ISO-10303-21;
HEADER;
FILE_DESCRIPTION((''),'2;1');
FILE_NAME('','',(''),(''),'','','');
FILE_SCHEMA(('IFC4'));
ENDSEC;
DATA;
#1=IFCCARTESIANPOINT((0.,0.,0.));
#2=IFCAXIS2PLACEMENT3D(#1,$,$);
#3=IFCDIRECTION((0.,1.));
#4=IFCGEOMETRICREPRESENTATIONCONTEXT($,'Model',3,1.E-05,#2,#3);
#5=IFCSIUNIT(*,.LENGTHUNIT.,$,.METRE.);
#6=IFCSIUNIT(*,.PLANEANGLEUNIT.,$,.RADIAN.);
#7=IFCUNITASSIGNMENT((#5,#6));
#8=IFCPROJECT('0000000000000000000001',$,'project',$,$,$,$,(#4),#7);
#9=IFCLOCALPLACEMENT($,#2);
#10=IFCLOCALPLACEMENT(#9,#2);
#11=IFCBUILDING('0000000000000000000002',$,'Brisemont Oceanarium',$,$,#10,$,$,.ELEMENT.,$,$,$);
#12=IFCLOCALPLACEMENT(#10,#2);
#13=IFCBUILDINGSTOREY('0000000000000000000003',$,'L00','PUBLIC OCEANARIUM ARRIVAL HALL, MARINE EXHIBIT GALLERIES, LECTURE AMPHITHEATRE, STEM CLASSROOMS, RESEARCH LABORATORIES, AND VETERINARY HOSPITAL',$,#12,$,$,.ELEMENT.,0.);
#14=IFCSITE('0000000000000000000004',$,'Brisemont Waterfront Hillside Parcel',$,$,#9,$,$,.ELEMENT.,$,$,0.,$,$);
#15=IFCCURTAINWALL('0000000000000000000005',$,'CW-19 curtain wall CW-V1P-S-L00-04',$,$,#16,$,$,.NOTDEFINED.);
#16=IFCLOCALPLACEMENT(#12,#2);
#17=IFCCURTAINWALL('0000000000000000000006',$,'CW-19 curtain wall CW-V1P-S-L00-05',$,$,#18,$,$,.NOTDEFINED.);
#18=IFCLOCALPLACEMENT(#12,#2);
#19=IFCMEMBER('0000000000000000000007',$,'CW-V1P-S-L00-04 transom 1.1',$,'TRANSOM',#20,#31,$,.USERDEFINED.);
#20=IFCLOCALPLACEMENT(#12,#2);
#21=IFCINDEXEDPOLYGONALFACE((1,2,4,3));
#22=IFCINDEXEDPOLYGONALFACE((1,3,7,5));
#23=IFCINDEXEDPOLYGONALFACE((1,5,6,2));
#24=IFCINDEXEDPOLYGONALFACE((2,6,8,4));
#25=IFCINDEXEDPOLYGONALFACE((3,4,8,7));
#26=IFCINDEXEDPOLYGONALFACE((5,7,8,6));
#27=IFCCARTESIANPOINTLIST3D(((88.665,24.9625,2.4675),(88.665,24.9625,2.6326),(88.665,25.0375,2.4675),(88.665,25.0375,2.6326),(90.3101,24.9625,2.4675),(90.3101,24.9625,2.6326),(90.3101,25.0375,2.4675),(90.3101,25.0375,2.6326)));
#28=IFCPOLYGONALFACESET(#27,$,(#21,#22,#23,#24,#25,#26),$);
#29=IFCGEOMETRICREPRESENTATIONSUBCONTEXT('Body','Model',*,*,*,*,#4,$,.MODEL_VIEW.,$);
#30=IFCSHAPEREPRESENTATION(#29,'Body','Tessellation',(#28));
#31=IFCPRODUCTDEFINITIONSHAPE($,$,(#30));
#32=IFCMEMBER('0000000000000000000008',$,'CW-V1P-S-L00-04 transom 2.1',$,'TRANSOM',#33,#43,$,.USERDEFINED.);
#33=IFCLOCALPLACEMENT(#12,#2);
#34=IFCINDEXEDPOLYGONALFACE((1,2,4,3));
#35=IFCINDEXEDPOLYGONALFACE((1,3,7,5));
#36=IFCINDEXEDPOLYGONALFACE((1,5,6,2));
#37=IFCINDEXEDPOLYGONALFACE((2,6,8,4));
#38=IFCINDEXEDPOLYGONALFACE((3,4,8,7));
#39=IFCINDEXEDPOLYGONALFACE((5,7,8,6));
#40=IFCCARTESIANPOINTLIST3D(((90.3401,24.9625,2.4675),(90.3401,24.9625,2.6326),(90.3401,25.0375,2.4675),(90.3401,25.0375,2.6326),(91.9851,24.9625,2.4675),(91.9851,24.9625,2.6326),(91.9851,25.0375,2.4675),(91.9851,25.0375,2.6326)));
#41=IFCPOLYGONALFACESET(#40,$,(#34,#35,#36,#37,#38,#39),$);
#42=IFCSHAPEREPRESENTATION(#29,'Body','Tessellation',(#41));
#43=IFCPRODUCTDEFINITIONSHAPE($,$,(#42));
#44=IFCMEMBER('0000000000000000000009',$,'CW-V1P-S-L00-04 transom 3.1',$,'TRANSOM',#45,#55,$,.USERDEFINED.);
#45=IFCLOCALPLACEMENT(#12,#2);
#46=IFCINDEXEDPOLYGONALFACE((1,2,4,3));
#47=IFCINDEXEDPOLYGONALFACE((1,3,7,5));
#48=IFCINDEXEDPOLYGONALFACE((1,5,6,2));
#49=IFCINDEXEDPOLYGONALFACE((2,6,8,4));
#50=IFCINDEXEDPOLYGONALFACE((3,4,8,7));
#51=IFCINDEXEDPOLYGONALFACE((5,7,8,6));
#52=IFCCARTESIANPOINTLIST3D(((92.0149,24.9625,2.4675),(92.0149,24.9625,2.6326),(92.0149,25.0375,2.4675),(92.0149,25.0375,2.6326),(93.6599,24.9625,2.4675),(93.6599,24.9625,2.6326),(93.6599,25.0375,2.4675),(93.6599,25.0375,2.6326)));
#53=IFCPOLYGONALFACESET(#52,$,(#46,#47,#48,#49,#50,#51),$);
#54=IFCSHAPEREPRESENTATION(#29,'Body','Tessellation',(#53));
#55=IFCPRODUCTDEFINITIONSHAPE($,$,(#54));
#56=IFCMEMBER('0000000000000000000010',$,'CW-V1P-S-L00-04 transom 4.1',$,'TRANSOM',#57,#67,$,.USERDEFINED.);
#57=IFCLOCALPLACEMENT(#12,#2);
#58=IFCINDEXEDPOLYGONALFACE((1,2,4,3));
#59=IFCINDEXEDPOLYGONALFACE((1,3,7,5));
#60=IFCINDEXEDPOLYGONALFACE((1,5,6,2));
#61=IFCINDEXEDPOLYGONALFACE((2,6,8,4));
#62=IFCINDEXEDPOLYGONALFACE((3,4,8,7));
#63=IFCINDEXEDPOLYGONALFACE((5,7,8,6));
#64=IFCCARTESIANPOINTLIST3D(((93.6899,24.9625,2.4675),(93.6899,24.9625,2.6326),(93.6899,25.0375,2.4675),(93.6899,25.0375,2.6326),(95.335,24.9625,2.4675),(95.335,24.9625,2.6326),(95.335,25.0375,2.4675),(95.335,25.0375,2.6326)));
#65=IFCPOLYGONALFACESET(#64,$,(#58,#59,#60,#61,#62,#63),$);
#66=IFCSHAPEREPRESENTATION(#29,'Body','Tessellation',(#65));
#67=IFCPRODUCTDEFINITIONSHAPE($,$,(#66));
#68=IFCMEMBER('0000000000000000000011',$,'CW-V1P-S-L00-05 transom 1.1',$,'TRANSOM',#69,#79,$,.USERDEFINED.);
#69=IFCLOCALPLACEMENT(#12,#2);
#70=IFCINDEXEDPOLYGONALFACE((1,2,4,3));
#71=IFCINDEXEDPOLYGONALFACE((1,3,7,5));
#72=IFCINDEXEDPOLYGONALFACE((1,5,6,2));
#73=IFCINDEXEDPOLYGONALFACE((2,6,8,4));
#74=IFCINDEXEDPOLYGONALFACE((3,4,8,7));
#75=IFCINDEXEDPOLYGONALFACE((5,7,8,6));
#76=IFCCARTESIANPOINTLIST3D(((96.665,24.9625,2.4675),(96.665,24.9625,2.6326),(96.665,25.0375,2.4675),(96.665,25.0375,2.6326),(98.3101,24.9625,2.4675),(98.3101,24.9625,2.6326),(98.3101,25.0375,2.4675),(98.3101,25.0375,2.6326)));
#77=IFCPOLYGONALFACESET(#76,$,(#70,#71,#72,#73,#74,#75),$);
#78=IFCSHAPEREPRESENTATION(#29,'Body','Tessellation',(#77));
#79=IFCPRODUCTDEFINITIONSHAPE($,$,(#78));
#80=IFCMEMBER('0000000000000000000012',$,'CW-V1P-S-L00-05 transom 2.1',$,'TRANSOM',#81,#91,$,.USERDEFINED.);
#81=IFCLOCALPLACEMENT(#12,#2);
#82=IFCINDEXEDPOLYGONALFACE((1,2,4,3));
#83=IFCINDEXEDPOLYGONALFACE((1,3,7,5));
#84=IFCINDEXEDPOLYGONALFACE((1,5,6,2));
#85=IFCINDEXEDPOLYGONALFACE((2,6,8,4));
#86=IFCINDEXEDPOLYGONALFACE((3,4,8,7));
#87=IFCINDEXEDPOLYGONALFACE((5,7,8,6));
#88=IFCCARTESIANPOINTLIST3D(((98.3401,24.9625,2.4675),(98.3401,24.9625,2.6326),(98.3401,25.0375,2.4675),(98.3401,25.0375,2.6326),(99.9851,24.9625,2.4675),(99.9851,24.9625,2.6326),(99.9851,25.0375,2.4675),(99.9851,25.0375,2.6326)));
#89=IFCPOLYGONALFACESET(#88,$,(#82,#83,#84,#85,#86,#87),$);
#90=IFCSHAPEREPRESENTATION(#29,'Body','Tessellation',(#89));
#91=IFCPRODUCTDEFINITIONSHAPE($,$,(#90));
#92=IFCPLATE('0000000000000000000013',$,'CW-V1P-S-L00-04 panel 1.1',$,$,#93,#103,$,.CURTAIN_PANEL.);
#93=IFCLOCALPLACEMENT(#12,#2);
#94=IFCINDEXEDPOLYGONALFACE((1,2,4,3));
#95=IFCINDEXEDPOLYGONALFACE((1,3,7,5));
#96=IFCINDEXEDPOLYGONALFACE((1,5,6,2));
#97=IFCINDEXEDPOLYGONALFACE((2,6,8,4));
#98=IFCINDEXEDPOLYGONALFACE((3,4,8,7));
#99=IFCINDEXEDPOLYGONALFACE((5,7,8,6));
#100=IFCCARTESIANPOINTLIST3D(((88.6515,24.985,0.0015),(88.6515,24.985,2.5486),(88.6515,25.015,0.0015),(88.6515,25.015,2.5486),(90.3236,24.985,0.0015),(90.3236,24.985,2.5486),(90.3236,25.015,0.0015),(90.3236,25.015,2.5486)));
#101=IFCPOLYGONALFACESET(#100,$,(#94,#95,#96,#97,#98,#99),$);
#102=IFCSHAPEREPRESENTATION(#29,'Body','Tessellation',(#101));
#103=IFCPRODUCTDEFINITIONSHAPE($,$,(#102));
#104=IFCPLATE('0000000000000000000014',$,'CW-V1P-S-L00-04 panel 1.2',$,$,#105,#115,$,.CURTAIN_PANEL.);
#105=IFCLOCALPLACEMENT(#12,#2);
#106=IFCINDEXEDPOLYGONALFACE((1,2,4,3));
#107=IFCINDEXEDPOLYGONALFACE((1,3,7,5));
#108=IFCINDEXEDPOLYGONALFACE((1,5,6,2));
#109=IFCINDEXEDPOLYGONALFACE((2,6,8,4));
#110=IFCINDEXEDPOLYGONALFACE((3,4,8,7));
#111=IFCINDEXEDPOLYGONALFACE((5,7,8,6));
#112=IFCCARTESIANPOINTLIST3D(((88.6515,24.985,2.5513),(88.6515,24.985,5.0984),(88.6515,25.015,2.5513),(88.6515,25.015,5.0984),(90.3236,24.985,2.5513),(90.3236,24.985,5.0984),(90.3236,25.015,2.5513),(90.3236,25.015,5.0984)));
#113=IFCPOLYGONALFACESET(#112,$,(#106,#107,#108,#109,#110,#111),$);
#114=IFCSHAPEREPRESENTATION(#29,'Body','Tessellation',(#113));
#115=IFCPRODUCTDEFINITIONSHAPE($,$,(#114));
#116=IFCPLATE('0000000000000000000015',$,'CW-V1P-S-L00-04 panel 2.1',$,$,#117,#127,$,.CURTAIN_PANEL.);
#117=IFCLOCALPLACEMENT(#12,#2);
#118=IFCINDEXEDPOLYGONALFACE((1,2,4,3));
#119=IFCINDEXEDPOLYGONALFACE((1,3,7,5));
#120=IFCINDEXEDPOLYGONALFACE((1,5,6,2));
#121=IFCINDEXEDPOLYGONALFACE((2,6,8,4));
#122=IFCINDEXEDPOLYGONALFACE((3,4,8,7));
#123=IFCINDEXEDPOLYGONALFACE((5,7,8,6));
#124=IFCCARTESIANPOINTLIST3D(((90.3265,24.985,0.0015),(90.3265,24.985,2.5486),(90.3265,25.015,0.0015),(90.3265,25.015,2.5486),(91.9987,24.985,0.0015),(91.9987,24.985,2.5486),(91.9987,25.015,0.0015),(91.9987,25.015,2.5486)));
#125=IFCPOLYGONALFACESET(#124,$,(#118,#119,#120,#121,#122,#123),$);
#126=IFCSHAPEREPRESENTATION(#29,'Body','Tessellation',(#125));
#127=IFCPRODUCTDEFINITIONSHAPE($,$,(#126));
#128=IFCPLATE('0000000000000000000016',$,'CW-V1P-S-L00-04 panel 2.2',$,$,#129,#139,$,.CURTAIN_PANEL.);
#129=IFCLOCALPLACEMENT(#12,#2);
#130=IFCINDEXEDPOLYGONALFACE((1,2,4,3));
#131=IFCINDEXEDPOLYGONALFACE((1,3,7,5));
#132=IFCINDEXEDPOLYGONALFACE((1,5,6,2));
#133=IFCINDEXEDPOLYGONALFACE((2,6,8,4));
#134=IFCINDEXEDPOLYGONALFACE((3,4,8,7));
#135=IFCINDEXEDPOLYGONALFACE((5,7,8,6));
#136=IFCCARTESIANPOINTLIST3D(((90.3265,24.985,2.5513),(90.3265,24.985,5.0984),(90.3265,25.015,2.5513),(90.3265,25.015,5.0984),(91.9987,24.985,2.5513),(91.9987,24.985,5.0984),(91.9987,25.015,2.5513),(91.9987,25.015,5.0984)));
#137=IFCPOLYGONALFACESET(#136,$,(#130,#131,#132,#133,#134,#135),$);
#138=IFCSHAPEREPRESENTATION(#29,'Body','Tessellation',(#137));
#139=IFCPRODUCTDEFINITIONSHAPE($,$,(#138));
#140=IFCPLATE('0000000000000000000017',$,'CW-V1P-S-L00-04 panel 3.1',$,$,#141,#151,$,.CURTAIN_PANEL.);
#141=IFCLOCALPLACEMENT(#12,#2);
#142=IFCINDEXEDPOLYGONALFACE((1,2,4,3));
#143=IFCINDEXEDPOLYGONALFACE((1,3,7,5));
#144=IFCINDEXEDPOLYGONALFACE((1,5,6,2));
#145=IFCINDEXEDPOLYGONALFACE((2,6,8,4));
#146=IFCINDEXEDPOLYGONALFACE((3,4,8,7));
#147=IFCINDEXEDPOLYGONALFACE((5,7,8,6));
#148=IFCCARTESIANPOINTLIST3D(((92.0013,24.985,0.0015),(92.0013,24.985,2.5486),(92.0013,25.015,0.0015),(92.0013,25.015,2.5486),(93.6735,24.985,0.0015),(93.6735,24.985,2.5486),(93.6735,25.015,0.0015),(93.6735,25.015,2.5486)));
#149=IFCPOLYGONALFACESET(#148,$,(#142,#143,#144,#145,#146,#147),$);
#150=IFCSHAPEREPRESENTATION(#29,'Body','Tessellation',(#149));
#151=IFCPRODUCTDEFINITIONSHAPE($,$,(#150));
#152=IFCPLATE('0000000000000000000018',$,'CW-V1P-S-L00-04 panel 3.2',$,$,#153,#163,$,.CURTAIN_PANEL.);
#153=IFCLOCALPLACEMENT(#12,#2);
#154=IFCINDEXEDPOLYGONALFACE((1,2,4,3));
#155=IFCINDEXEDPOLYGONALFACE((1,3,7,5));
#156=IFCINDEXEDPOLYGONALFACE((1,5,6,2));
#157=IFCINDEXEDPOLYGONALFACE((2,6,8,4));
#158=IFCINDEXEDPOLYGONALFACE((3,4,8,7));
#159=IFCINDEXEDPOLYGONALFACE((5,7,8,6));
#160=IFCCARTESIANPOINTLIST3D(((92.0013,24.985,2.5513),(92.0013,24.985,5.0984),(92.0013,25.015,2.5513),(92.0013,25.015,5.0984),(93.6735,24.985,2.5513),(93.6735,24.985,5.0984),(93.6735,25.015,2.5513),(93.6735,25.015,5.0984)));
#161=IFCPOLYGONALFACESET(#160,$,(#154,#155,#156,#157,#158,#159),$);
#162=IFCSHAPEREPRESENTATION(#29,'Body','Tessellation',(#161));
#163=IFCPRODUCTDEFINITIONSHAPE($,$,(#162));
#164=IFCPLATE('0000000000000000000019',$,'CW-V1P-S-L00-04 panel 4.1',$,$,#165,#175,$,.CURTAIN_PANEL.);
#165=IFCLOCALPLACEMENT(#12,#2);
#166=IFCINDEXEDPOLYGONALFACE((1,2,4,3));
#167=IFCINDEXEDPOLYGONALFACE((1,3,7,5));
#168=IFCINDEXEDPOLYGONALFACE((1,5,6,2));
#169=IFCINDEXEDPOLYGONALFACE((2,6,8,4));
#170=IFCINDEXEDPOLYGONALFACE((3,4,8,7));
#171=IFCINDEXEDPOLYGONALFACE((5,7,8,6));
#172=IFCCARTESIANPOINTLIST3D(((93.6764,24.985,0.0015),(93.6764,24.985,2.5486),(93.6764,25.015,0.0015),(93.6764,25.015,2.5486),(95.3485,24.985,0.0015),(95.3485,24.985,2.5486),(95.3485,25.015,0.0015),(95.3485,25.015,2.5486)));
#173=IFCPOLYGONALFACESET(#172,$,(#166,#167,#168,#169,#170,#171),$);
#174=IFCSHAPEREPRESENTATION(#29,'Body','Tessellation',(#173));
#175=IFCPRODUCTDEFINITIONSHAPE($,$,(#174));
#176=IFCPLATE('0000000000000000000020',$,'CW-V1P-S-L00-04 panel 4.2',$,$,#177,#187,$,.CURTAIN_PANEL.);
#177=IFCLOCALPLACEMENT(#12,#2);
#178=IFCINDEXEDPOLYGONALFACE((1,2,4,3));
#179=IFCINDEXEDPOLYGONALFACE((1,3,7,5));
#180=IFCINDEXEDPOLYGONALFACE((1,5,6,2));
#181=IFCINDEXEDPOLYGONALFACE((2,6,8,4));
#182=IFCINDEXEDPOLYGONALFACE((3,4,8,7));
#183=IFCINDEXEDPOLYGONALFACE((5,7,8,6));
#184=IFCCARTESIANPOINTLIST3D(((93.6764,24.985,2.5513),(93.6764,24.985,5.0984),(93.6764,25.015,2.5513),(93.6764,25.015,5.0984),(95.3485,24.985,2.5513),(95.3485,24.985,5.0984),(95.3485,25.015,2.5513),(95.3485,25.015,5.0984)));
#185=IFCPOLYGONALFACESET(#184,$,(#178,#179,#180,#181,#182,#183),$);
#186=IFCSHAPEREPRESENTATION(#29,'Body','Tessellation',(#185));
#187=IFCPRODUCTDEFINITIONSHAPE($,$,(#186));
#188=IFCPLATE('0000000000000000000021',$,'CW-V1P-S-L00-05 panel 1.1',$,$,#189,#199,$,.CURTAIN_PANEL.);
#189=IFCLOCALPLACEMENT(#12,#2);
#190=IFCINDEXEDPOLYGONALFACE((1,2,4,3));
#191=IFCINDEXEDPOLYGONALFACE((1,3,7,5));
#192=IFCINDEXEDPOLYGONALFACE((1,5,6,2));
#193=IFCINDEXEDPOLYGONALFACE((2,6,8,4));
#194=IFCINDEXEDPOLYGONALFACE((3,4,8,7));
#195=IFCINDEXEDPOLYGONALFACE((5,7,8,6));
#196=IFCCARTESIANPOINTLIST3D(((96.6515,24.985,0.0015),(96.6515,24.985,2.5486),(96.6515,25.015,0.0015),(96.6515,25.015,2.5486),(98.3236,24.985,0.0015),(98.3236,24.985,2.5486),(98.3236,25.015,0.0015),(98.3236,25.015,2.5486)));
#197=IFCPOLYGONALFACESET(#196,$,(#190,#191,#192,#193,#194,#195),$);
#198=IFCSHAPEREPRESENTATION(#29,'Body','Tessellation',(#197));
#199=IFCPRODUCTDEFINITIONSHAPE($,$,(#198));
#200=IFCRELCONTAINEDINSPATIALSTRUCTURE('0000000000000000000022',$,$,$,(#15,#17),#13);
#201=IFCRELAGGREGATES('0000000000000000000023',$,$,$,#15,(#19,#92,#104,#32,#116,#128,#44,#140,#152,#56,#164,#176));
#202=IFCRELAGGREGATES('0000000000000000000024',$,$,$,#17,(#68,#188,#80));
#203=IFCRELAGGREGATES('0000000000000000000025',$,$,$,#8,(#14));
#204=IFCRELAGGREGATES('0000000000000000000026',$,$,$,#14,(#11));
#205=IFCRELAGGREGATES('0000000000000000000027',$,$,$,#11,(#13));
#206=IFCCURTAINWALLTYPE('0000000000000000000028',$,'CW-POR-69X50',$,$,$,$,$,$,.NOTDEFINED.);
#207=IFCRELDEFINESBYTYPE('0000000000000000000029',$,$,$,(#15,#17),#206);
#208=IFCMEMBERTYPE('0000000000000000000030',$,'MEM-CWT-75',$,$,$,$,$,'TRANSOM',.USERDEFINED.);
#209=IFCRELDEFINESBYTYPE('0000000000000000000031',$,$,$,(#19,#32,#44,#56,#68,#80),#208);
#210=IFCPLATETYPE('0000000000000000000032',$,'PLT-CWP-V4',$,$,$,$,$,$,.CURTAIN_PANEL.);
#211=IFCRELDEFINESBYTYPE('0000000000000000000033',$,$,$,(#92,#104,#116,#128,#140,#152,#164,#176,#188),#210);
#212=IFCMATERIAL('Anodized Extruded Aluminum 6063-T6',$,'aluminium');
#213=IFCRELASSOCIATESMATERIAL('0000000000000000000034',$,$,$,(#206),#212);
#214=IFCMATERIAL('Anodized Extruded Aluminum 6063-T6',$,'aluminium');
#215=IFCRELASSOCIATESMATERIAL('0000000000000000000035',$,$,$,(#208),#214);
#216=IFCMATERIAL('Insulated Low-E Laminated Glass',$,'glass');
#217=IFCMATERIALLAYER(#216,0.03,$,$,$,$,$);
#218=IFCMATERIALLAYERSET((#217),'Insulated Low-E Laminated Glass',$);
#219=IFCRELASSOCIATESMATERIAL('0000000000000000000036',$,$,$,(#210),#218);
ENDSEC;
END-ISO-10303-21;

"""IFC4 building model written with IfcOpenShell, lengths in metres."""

from ifc_helpers import new_model, si_unit, direction, frame, origin, origin_2d, place, context, subcontext, project, spatial, rectangle, extrude, material, layer, layer_set, material_profile, profile_set, type_object, element, aggregate, save


model = new_model("IFC4")

# Units and contexts
model_context = context("Model", 3, precision=1e-05, world=origin(), true_north=direction((0.0, 1.0)))
body_context = subcontext(model_context, "Body", "Model", "MODEL_VIEW")
ifc_project = project(units=[si_unit("LENGTHUNIT", "METRE"), si_unit("PLANEANGLEUNIT", "RADIAN")], contexts=[model_context])

# Site, building, storey
site_placement = place(None, origin())
site = spatial("IfcSite", under=ifc_project, at=site_placement, Name="Brisemont Waterfront Hillside Parcel", CompositionType="ELEMENT", RefElevation=0.0)
building_placement = place(site_placement, origin())
building = spatial("IfcBuilding", under=site, at=building_placement, Name="Brisemont Oceanarium", CompositionType="ELEMENT")
storey_placement = place(building_placement, origin())
storey = spatial("IfcBuildingStorey", under=building, at=storey_placement, Name="L00", Description="PUBLIC OCEANARIUM ARRIVAL HALL, MARINE EXHIBIT GALLERIES, LECTURE AMPHITHEATRE, STEM CLASSROOMS, RESEARCH LABORATORIES, AND VETERINARY HOSPITAL", CompositionType="ELEMENT", Elevation=0.0)

# Curtain walls
ifc_material_1 = material(Name="Anodized Extruded Aluminum 6063-T6", Category="aluminium")
curtain_wall_type = type_object("IfcCurtainWallType", Name="CW-POR-69X50", PredefinedType="NOTDEFINED", material=ifc_material_1)
curtain_wall_1_placement = place(storey_placement, origin())
curtain_wall_1 = element("IfcCurtainWall", 1, at=curtain_wall_1_placement, inside=storey, type_object=curtain_wall_type, Name="CW-19 curtain wall CW-V1P-S-L00-04", PredefinedType="NOTDEFINED")
curtain_wall_2_placement = place(storey_placement, origin())
curtain_wall_2 = element("IfcCurtainWall", 2, at=curtain_wall_2_placement, inside=storey, type_object=curtain_wall_type, Name="CW-19 curtain wall CW-V1P-S-L00-05", PredefinedType="NOTDEFINED")

# Members
ifc_material_2 = material(Name="Anodized Extruded Aluminum 6063-T6", Category="aluminium")
ifc_material_profile_1 = material_profile(ifc_material_2, rectangle(XDim=0.075, YDim=0.165, at=origin_2d()), Name="CWT-75X165")
ifc_profile_set_1 = profile_set([ifc_material_profile_1], Name="Anodized Extruded Aluminum 6063-T6")
member_type_1 = type_object("IfcMemberType", Name="MEM-CWT-75", ElementType="TRANSOM", PredefinedType="USERDEFINED", material=ifc_profile_set_1)
member_1_placement = place(storey_placement, frame((88.665, 25.0, 2.55), z_axis=(1.0, 0.0, 0.0), x_axis=(0.0, 1.0, 0.0)))
member_1 = element("IfcMember", 3, at=member_1_placement, type_object=member_type_1, Name="CW-V1P-S-L00-04 transom 1.1", ObjectType="TRANSOM", PredefinedType="USERDEFINED", context=body_context, shape_type="SweptSolid", body=[
    extrude(rectangle(XDim=0.075, YDim=0.165, at=origin_2d()), origin(), (0.0, 0.0, 1.0), 1.645),
])
member_2_placement = place(storey_placement, frame((90.3401, 25.0, 2.55), z_axis=(1.0, 0.0, 0.0), x_axis=(0.0, 1.0, 0.0)))
member_2 = element("IfcMember", 4, at=member_2_placement, type_object=member_type_1, Name="CW-V1P-S-L00-04 transom 2.1", ObjectType="TRANSOM", PredefinedType="USERDEFINED", context=body_context, shape_type="SweptSolid", body=[
    extrude(rectangle(XDim=0.075, YDim=0.165, at=origin_2d()), origin(), (0.0, 0.0, 1.0), 1.645),
])
member_3_placement = place(storey_placement, frame((92.0149, 25.0, 2.55), z_axis=(1.0, 0.0, 0.0), x_axis=(0.0, 1.0, 0.0)))
member_3 = element("IfcMember", 5, at=member_3_placement, type_object=member_type_1, Name="CW-V1P-S-L00-04 transom 3.1", ObjectType="TRANSOM", PredefinedType="USERDEFINED", context=body_context, shape_type="SweptSolid", body=[
    extrude(rectangle(XDim=0.075, YDim=0.165, at=origin_2d()), origin(), (0.0, 0.0, 1.0), 1.645),
])
member_4_placement = place(storey_placement, frame((93.6899, 25.0, 2.55), z_axis=(1.0, 0.0, 0.0), x_axis=(0.0, 1.0, 0.0)))
member_4 = element("IfcMember", 6, at=member_4_placement, type_object=member_type_1, Name="CW-V1P-S-L00-04 transom 4.1", ObjectType="TRANSOM", PredefinedType="USERDEFINED", context=body_context, shape_type="SweptSolid", body=[
    extrude(rectangle(XDim=0.075, YDim=0.165, at=origin_2d()), origin(), (0.0, 0.0, 1.0), 1.645),
])
member_5_placement = place(storey_placement, frame((96.665, 25.0, 2.55), z_axis=(1.0, 0.0, 0.0), x_axis=(0.0, 1.0, 0.0)))
member_5 = element("IfcMember", 7, at=member_5_placement, type_object=member_type_1, Name="CW-V1P-S-L00-05 transom 1.1", ObjectType="TRANSOM", PredefinedType="USERDEFINED", context=body_context, shape_type="SweptSolid", body=[
    extrude(rectangle(XDim=0.075, YDim=0.165, at=origin_2d()), origin(), (0.0, 0.0, 1.0), 1.645),
])
member_6_placement = place(storey_placement, frame((98.3401, 25.0, 2.55), z_axis=(1.0, 0.0, 0.0), x_axis=(0.0, 1.0, 0.0)))
member_6 = element("IfcMember", 8, at=member_6_placement, type_object=member_type_1, Name="CW-V1P-S-L00-05 transom 2.1", ObjectType="TRANSOM", PredefinedType="USERDEFINED", context=body_context, shape_type="SweptSolid", body=[
    extrude(rectangle(XDim=0.075, YDim=0.165, at=origin_2d()), origin(), (0.0, 0.0, 1.0), 1.645),
])

# Plates
ifc_material_3 = material(Name="Insulated Low-E Laminated Glass", Category="glass")
ifc_layer = layer(ifc_material_3, 0.03)
ifc_layer_set = layer_set([ifc_layer], Name="Insulated Low-E Laminated Glass")
plate_type = type_object("IfcPlateType", Name="PLT-CWP-V4", PredefinedType="CURTAIN_PANEL", material=ifc_layer_set)
plate_1_placement = place(storey_placement, frame((89.4875, 25.0, 0.0015), z_axis=(0.0, 0.0, 1.0), x_axis=(1.0, 0.0, 0.0)))
plate_1 = element("IfcPlate", 9, at=plate_1_placement, type_object=plate_type, Name="CW-V1P-S-L00-04 panel 1.1", PredefinedType="CURTAIN_PANEL", context=body_context, shape_type="SweptSolid", body=[
    extrude(rectangle(XDim=1.6721, YDim=0.03, at=origin_2d()), origin(), (0.0, 0.0, 1.0), 2.5471),
])
plate_2_placement = place(storey_placement, frame((89.4875, 25.0, 2.5513), z_axis=(0.0, 0.0, 1.0), x_axis=(1.0, 0.0, 0.0)))
plate_2 = element("IfcPlate", 10, at=plate_2_placement, type_object=plate_type, Name="CW-V1P-S-L00-04 panel 1.2", PredefinedType="CURTAIN_PANEL", context=body_context, shape_type="SweptSolid", body=[
    extrude(rectangle(XDim=1.6721, YDim=0.03, at=origin_2d()), origin(), (0.0, 0.0, 1.0), 2.5471),
])
plate_3_placement = place(storey_placement, frame((91.1626, 25.0, 0.0015), z_axis=(0.0, 0.0, 1.0), x_axis=(1.0, 0.0, 0.0)))
plate_3 = element("IfcPlate", 11, at=plate_3_placement, type_object=plate_type, Name="CW-V1P-S-L00-04 panel 2.1", PredefinedType="CURTAIN_PANEL", context=body_context, shape_type="SweptSolid", body=[
    extrude(rectangle(XDim=1.6721, YDim=0.03, at=origin_2d()), origin(), (0.0, 0.0, 1.0), 2.5471),
])
plate_4_placement = place(storey_placement, frame((91.1626, 25.0, 2.5513), z_axis=(0.0, 0.0, 1.0), x_axis=(1.0, 0.0, 0.0)))
plate_4 = element("IfcPlate", 12, at=plate_4_placement, type_object=plate_type, Name="CW-V1P-S-L00-04 panel 2.2", PredefinedType="CURTAIN_PANEL", context=body_context, shape_type="SweptSolid", body=[
    extrude(rectangle(XDim=1.6721, YDim=0.03, at=origin_2d()), origin(), (0.0, 0.0, 1.0), 2.5471),
])
plate_5_placement = place(storey_placement, frame((92.8374, 25.0, 0.0015), z_axis=(0.0, 0.0, 1.0), x_axis=(1.0, 0.0, 0.0)))
plate_5 = element("IfcPlate", 13, at=plate_5_placement, type_object=plate_type, Name="CW-V1P-S-L00-04 panel 3.1", PredefinedType="CURTAIN_PANEL", context=body_context, shape_type="SweptSolid", body=[
    extrude(rectangle(XDim=1.6721, YDim=0.03, at=origin_2d()), origin(), (0.0, 0.0, 1.0), 2.5471),
])
plate_6_placement = place(storey_placement, frame((92.8374, 25.0, 2.5513), z_axis=(0.0, 0.0, 1.0), x_axis=(1.0, 0.0, 0.0)))
plate_6 = element("IfcPlate", 14, at=plate_6_placement, type_object=plate_type, Name="CW-V1P-S-L00-04 panel 3.2", PredefinedType="CURTAIN_PANEL", context=body_context, shape_type="SweptSolid", body=[
    extrude(rectangle(XDim=1.6721, YDim=0.03, at=origin_2d()), origin(), (0.0, 0.0, 1.0), 2.5471),
])
plate_7_placement = place(storey_placement, frame((94.5125, 25.0, 0.0015), z_axis=(0.0, 0.0, 1.0), x_axis=(1.0, 0.0, 0.0)))
plate_7 = element("IfcPlate", 15, at=plate_7_placement, type_object=plate_type, Name="CW-V1P-S-L00-04 panel 4.1", PredefinedType="CURTAIN_PANEL", context=body_context, shape_type="SweptSolid", body=[
    extrude(rectangle(XDim=1.6721, YDim=0.03, at=origin_2d()), origin(), (0.0, 0.0, 1.0), 2.5471),
])
plate_8_placement = place(storey_placement, frame((94.5125, 25.0, 2.5513), z_axis=(0.0, 0.0, 1.0), x_axis=(1.0, 0.0, 0.0)))
plate_8 = element("IfcPlate", 16, at=plate_8_placement, type_object=plate_type, Name="CW-V1P-S-L00-04 panel 4.2", PredefinedType="CURTAIN_PANEL", context=body_context, shape_type="SweptSolid", body=[
    extrude(rectangle(XDim=1.6721, YDim=0.03, at=origin_2d()), origin(), (0.0, 0.0, 1.0), 2.5471),
])
aggregate(curtain_wall_1, [member_1, plate_1, plate_2, member_2, plate_3, plate_4, member_3, plate_5, plate_6, member_4, plate_7, plate_8])
plate_9_placement = place(storey_placement, frame((97.4875, 25.0, 0.0015), z_axis=(0.0, 0.0, 1.0), x_axis=(1.0, 0.0, 0.0)))
plate_9 = element("IfcPlate", 17, at=plate_9_placement, type_object=plate_type, Name="CW-V1P-S-L00-05 panel 1.1", PredefinedType="CURTAIN_PANEL", context=body_context, shape_type="SweptSolid", body=[
    extrude(rectangle(XDim=1.6721, YDim=0.03, at=origin_2d()), origin(), (0.0, 0.0, 1.0), 2.5471),
])
aggregate(curtain_wall_2, [member_5, plate_9, member_6])

save(model, "model.ifc")
